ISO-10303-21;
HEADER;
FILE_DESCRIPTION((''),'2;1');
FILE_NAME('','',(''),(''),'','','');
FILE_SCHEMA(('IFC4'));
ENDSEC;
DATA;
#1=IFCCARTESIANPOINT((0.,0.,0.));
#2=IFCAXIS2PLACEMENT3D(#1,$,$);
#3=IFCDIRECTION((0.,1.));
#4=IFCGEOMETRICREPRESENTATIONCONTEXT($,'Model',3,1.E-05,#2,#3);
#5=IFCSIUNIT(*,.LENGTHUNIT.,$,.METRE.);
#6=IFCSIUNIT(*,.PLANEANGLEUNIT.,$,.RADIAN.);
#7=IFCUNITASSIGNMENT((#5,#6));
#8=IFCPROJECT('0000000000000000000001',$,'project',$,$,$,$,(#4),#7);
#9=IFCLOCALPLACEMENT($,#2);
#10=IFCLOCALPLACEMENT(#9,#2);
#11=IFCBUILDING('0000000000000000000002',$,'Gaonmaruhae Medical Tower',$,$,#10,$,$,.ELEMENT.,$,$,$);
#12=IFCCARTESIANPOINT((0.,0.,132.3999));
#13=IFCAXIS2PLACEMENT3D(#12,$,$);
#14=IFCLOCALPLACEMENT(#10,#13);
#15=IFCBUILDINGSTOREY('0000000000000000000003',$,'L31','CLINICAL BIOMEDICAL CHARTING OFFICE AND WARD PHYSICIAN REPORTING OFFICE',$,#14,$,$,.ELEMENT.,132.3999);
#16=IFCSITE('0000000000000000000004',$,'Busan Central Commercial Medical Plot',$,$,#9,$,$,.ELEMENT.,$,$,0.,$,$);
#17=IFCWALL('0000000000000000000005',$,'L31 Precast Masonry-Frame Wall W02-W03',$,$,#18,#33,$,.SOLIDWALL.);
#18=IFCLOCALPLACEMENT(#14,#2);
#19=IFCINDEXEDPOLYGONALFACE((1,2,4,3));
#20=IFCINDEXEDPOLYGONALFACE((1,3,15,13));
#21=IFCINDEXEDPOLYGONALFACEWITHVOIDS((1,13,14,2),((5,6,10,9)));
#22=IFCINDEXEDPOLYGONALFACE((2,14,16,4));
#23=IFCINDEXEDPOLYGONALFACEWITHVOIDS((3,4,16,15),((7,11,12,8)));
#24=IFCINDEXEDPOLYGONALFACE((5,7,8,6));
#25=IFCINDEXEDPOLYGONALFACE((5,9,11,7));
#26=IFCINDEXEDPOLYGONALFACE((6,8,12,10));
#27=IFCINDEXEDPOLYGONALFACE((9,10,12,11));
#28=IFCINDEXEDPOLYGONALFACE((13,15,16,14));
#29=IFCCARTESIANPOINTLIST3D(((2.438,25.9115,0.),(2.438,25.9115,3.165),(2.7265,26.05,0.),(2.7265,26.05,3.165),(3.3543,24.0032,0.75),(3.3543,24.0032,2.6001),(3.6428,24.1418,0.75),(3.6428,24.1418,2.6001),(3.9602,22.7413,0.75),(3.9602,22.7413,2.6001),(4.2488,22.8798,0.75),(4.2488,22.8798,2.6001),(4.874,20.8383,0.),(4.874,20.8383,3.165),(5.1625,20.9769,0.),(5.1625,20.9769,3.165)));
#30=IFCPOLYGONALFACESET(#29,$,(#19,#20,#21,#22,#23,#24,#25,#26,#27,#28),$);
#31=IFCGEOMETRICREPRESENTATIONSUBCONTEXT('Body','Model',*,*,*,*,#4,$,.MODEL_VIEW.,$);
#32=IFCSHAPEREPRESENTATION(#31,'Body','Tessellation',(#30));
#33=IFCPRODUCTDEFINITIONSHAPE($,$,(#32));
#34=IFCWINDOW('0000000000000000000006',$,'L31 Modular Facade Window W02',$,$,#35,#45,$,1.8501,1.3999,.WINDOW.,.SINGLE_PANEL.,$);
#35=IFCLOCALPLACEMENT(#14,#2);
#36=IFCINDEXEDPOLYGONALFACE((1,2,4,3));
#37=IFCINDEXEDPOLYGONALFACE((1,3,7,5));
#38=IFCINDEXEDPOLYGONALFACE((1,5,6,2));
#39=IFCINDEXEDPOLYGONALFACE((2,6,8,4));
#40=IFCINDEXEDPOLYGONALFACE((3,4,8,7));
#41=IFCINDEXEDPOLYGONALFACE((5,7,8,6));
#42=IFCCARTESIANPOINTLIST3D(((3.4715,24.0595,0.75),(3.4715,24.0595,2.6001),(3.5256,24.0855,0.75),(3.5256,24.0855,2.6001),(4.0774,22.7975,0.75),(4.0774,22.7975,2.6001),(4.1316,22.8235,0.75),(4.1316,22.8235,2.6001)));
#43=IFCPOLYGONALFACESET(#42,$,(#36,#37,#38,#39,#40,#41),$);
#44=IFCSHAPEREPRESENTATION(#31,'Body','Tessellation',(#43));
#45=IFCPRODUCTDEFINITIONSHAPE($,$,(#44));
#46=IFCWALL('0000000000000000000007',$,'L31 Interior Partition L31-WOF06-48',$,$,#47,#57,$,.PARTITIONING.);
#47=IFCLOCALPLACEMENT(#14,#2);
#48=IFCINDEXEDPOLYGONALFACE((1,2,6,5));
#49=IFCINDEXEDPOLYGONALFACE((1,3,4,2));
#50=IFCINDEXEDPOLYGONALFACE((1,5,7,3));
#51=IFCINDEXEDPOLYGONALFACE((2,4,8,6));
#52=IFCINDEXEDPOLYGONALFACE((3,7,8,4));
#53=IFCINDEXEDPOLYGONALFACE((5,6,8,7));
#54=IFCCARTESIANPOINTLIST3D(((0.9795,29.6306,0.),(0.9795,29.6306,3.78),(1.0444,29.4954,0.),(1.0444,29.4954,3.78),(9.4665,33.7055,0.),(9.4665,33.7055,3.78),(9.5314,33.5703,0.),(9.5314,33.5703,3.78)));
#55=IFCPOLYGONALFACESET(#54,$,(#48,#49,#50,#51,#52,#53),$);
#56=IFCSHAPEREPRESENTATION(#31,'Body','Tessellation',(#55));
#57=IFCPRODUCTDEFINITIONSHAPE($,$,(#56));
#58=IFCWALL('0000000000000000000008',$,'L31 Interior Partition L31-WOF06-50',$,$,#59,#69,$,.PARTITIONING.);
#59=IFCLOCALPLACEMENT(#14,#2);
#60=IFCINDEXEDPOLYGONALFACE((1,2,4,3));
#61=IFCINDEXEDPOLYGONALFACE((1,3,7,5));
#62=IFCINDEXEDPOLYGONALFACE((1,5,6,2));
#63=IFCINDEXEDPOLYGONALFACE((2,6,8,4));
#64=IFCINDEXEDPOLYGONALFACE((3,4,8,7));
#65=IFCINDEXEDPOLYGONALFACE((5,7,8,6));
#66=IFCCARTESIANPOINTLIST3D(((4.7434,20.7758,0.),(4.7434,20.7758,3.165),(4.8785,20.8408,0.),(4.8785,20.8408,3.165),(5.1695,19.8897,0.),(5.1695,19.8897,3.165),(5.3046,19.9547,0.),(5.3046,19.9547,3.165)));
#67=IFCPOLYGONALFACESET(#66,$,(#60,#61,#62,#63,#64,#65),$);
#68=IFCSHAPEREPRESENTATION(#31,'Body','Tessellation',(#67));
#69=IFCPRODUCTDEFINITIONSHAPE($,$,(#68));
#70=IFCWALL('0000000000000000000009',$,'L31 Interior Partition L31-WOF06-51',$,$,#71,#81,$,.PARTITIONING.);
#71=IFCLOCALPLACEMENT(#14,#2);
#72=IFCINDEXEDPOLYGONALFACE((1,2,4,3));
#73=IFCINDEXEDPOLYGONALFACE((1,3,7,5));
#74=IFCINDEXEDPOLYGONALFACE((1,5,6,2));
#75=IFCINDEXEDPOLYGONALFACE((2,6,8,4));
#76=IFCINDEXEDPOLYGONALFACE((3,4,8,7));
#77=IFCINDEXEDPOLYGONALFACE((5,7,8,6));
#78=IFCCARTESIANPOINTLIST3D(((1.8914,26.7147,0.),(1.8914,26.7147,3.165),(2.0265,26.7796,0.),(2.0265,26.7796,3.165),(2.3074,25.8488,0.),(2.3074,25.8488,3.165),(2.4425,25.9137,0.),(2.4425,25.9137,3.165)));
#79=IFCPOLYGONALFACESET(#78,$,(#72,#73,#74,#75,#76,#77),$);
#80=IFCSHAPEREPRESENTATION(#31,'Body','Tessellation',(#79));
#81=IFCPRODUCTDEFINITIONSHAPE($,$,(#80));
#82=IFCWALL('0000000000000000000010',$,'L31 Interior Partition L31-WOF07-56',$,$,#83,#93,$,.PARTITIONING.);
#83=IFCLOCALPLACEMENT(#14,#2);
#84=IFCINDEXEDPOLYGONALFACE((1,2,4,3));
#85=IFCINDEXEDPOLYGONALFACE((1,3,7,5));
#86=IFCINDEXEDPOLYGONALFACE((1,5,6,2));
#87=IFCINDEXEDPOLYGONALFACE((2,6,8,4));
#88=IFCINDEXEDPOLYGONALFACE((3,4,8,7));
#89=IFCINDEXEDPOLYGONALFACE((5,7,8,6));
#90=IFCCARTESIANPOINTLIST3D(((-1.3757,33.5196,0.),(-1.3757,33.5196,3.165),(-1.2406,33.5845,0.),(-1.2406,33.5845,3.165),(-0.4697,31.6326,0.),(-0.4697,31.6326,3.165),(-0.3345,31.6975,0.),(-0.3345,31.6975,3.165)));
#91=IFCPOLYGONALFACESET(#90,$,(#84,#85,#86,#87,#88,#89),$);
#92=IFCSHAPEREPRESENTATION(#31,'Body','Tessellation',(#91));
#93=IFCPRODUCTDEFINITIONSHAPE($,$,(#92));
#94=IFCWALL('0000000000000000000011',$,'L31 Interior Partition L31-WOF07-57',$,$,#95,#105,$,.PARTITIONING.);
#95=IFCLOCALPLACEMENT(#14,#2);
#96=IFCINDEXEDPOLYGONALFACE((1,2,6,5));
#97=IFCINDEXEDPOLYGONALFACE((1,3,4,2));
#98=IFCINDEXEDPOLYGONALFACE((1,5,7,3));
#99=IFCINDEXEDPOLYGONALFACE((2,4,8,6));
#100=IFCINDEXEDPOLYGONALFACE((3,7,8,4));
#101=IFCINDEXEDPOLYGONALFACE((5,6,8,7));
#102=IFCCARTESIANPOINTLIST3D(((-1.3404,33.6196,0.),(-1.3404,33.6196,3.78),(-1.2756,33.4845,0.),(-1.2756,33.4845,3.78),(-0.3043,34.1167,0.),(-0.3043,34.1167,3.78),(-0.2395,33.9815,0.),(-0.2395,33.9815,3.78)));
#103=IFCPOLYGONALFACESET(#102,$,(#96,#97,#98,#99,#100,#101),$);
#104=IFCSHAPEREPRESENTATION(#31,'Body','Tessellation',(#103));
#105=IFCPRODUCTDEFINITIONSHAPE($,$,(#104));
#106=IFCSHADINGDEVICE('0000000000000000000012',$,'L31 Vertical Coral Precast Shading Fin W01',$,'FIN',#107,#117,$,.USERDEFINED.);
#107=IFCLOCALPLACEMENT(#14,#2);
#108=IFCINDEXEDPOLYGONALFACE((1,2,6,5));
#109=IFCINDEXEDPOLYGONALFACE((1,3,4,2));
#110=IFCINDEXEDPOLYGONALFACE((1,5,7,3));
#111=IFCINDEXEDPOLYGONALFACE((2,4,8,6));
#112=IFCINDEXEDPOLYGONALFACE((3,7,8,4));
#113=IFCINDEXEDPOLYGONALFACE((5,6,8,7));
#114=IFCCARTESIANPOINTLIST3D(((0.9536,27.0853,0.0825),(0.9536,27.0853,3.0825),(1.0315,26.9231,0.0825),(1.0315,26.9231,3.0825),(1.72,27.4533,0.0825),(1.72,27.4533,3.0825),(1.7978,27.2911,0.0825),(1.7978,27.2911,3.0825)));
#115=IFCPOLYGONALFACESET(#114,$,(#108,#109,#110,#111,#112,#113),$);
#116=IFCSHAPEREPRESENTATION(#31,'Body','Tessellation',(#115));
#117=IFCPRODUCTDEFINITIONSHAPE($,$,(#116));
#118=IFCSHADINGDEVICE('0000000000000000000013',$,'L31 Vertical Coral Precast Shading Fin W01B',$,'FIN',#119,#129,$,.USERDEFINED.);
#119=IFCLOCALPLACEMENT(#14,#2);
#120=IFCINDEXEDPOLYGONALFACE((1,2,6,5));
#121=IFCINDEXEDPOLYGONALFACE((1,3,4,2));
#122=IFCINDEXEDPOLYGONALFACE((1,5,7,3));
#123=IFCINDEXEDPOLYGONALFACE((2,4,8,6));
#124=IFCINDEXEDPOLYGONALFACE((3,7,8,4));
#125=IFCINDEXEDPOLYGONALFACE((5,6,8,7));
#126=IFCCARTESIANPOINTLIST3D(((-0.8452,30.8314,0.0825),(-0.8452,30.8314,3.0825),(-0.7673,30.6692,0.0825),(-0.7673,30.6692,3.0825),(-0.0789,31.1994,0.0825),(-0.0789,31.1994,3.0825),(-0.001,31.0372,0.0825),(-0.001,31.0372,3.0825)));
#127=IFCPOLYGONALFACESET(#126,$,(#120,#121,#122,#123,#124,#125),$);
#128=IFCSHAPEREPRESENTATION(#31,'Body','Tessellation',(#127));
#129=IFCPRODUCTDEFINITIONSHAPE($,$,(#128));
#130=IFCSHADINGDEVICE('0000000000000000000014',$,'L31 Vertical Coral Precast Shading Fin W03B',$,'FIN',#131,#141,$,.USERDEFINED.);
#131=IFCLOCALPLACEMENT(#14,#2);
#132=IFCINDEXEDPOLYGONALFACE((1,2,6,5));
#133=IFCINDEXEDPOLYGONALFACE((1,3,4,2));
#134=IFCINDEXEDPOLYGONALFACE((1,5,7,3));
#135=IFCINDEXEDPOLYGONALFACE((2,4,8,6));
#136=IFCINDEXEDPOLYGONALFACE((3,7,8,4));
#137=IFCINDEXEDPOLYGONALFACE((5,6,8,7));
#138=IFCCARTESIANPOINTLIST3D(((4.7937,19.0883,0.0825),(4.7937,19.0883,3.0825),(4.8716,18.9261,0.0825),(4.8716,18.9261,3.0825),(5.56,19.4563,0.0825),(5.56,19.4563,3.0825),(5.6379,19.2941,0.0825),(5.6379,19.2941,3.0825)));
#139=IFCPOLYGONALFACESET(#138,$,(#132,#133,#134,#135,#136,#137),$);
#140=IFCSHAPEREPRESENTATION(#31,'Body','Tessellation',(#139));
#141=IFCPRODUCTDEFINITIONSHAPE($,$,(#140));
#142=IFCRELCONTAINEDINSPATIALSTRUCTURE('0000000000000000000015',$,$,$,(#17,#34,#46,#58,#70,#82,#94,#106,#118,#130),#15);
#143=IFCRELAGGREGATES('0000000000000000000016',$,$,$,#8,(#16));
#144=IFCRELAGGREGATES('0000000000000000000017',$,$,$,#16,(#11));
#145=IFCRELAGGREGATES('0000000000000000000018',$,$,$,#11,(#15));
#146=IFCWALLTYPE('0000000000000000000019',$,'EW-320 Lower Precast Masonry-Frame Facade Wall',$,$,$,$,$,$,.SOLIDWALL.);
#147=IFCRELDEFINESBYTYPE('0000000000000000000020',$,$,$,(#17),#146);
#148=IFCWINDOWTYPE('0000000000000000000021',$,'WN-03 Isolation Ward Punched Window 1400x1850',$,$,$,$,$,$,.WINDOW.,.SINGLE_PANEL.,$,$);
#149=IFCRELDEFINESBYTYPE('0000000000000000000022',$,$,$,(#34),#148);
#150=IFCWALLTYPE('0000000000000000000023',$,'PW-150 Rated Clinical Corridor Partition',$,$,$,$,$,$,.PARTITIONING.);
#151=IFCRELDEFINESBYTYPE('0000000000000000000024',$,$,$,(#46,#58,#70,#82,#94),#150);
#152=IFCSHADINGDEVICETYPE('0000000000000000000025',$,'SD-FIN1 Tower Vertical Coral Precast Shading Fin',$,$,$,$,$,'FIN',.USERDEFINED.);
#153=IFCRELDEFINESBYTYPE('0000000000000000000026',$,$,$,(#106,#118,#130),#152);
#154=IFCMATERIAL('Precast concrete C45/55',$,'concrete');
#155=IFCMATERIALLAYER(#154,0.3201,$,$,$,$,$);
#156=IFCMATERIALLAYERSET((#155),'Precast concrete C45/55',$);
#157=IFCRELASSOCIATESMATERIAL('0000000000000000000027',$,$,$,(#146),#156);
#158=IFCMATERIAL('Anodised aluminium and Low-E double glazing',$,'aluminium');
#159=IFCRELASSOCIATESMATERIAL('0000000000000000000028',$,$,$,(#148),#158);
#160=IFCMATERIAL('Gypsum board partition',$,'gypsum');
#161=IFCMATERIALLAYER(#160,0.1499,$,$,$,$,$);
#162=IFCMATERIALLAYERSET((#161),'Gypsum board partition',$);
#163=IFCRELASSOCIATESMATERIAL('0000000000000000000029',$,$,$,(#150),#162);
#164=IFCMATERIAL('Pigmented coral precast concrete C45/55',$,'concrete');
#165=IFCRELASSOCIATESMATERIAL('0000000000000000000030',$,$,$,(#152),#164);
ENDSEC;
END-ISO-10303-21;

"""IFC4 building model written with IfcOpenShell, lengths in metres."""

from ifc_helpers import new_model, si_unit, direction, frame, frame_2d, origin, origin_2d, place, context, subcontext, project, spatial, rectangle, extrude, material, layer, layer_set, type_object, element, fill, save


model = new_model("IFC4")

# Units and contexts
model_context = context("Model", 3, precision=1e-05, world=origin(), true_north=direction((0.0, 1.0)))
body_context = subcontext(model_context, "Body", "Model", "MODEL_VIEW")
ifc_project = project(units=[si_unit("LENGTHUNIT", "METRE"), si_unit("PLANEANGLEUNIT", "RADIAN")], contexts=[model_context])

# Site, building, storey
site_placement = place(None, origin())
site = spatial("IfcSite", under=ifc_project, at=site_placement, Name="Busan Central Commercial Medical Plot", CompositionType="ELEMENT", RefElevation=0.0)
building_placement = place(site_placement, origin())
building = spatial("IfcBuilding", under=site, at=building_placement, Name="Gaonmaruhae Medical Tower", CompositionType="ELEMENT")
storey_placement = place(building_placement, frame((0.0, 0.0, 132.3999)))
storey = spatial("IfcBuildingStorey", under=building, at=storey_placement, Name="L31", Description="CLINICAL BIOMEDICAL CHARTING OFFICE AND WARD PHYSICIAN REPORTING OFFICE", CompositionType="ELEMENT", Elevation=132.3999)

# Shared definitions
ifc_material_1 = material(Name="Precast concrete C45/55", Category="concrete")
ifc_layer_1 = layer(ifc_material_1, 0.3201)
ifc_layer_set_1 = layer_set([ifc_layer_1], Name="Precast concrete C45/55")
wall_type_1 = type_object("IfcWallType", Name="EW-320 Lower Precast Masonry-Frame Facade Wall", PredefinedType="SOLIDWALL", material=ifc_layer_set_1)

# Wall, opening, window
ifc_material_2 = material(Name="Anodised aluminium and Low-E double glazing", Category="aluminium")
wall_1_placement = place(storey_placement, frame((5.0183, 20.9075, 0.0), z_axis=(0.0, 0.0, 1.0), x_axis=(-0.432858, 0.901462, 0.0)))
wall_1 = element("IfcWall", 1, at=wall_1_placement, inside=storey, type_object=wall_type_1, Name="L31 Precast Masonry-Frame Wall W02-W03", PredefinedType="SOLIDWALL", context=body_context, shape_type="SweptSolid", body=[
    extrude(rectangle(XDim=5.6277, YDim=0.3201, at=frame_2d((2.814, 0.0))), origin(), (0.0, 0.0, 1.0), 3.165),
])
opening_1_placement = place(wall_1_placement, frame((2.1111, 0.0, 0.75)))
opening_1 = element("IfcOpeningElement", 2, at=opening_1_placement, cuts=wall_1, PredefinedType="OPENING", context=body_context, shape_type="SweptSolid", body=[
    extrude(rectangle(XDim=1.3999, YDim=1.8501, at=frame_2d((0.7, 0.925))), frame((0.0, 0.1699, 0.0), z_axis=(0.0, -1.0, 0.0), x_axis=(1.0, 0.0, 0.0)), (0.0, 0.0, 1.0), 0.3401),
])
window_type_1 = type_object("IfcWindowType", Name="WN-03 Isolation Ward Punched Window 1400x1850", PartitioningType="SINGLE_PANEL", PredefinedType="WINDOW", material=ifc_material_2)
window_1_placement = place(opening_1_placement, origin())
window_1 = element("IfcWindow", 3, at=window_1_placement, inside=storey, type_object=window_type_1, Name="L31 Modular Facade Window W02", OverallHeight=1.8501, OverallWidth=1.3999, PartitioningType="SINGLE_PANEL", PredefinedType="WINDOW", context=body_context, shape_type="SweptSolid", body=[
    extrude(rectangle(XDim=1.3999, YDim=1.8501, at=frame_2d((0.7, 0.925))), frame((0.0, 0.03, 0.0), z_axis=(0.0, -1.0, 0.0), x_axis=(1.0, 0.0, 0.0)), (0.0, 0.0, 1.0), 0.0601),
])
fill(opening_1, window_1)

# Walls
ifc_material_3 = material(Name="Gypsum board partition", Category="gypsum")
ifc_layer_2 = layer(ifc_material_3, 0.1499)
ifc_layer_set_2 = layer_set([ifc_layer_2], Name="Gypsum board partition")
wall_type_2 = type_object("IfcWallType", Name="PW-150 Rated Clinical Corridor Partition", PredefinedType="PARTITIONING", material=ifc_layer_set_2)
wall_2_placement = place(storey_placement, frame((1.012, 29.563, 0.0), z_axis=(0.0, 0.0, 1.0), x_axis=(0.901475, 0.432831, 0.0)))
element("IfcWall", 4, at=wall_2_placement, inside=storey, type_object=wall_type_2, Name="L31 Interior Partition L31-WOF06-48", PredefinedType="PARTITIONING", context=body_context, shape_type="SweptSolid", body=[
    extrude(rectangle(XDim=9.4146, YDim=0.1499, at=frame_2d((4.7073, 0.0))), origin(), (0.0, 0.0, 1.0), 3.78),
])
wall_3_placement = place(storey_placement, frame((5.2371, 19.9221, 0.0), z_axis=(0.0, 0.0, 1.0), x_axis=(-0.433353, 0.901224, 0.0)))
element("IfcWall", 5, at=wall_3_placement, inside=storey, type_object=wall_type_2, Name="L31 Interior Partition L31-WOF06-50", PredefinedType="PARTITIONING", context=body_context, shape_type="SweptSolid", body=[
    extrude(rectangle(XDim=0.9832, YDim=0.1499, at=frame_2d((0.4917, 0.0))), origin(), (0.0, 0.0, 1.0), 3.165),
])
wall_4_placement = place(storey_placement, frame((2.375, 25.8811, 0.0), z_axis=(0.0, 0.0, 1.0), x_axis=(-0.433028, 0.90138, 0.0)))
element("IfcWall", 6, at=wall_4_placement, inside=storey, type_object=wall_type_2, Name="L31 Interior Partition L31-WOF06-51", PredefinedType="PARTITIONING", context=body_context, shape_type="SweptSolid", body=[
    extrude(rectangle(XDim=0.9607, YDim=0.1499, at=frame_2d((0.4805, 0.0))), origin(), (0.0, 0.0, 1.0), 3.165),
])
wall_5_placement = place(storey_placement, frame((-0.4021, 31.665, 0.0), z_axis=(0.0, 0.0, 1.0), x_axis=(-0.432833, 0.901474, 0.0)))
element("IfcWall", 7, at=wall_5_placement, inside=storey, type_object=wall_type_2, Name="L31 Interior Partition L31-WOF07-56", PredefinedType="PARTITIONING", context=body_context, shape_type="SweptSolid", body=[
    extrude(rectangle(XDim=2.0933, YDim=0.1499, at=frame_2d((1.0466, 0.0))), origin(), (0.0, 0.0, 1.0), 3.165),
])
wall_6_placement = place(storey_placement, frame((-1.3081, 33.552, 0.0), z_axis=(0.0, 0.0, 1.0), x_axis=(0.901616, 0.432538, 0.0)))
element("IfcWall", 8, at=wall_6_placement, inside=storey, type_object=wall_type_2, Name="L31 Interior Partition L31-WOF07-57", PredefinedType="PARTITIONING", context=body_context, shape_type="SweptSolid", body=[
    extrude(rectangle(XDim=1.1492, YDim=0.1499, at=frame_2d((0.5747, 0.0))), origin(), (0.0, 0.0, 1.0), 3.78),
])

# Shading devices
ifc_material_4 = material(Name="Pigmented coral precast concrete C45/55", Category="concrete")
shading_device_type = type_object("IfcShadingDeviceType", Name="SD-FIN1 Tower Vertical Coral Precast Shading Fin", ElementType="FIN", PredefinedType="USERDEFINED", material=ifc_material_4)
for number, where, z_axis, x_axis, name in (
    (9, (1.3757, 27.1882, 0.0825), (0.0, 0.0, 1.0), (-0.432873, 0.901455, 0.0), "L31 Vertical Coral Precast Shading Fin W01"),
    (10, (-0.4231, 30.9343, 0.0825), (0.0, 0.0, 1.0), (-0.432873, 0.901455, 0.0), "L31 Vertical Coral Precast Shading Fin W01B"),
    (11, (5.2158, 19.1912, 0.0825), (0.0, 0.0, 1.0), (-0.432873, 0.901455, 0.0), "L31 Vertical Coral Precast Shading Fin W03B"),
):
    element("IfcShadingDevice", number, at=place(storey_placement, frame(where, z_axis=z_axis, x_axis=x_axis)), inside=storey, type_object=shading_device_type, Name=name, ObjectType="FIN", PredefinedType="USERDEFINED", context=body_context, shape_type="SweptSolid", body=[
        extrude(rectangle(XDim=0.1799, YDim=0.8501, at=origin_2d()), origin(), (0.0, 0.0, 1.0), 3.0),
    ])

save(model, "model.ifc")
